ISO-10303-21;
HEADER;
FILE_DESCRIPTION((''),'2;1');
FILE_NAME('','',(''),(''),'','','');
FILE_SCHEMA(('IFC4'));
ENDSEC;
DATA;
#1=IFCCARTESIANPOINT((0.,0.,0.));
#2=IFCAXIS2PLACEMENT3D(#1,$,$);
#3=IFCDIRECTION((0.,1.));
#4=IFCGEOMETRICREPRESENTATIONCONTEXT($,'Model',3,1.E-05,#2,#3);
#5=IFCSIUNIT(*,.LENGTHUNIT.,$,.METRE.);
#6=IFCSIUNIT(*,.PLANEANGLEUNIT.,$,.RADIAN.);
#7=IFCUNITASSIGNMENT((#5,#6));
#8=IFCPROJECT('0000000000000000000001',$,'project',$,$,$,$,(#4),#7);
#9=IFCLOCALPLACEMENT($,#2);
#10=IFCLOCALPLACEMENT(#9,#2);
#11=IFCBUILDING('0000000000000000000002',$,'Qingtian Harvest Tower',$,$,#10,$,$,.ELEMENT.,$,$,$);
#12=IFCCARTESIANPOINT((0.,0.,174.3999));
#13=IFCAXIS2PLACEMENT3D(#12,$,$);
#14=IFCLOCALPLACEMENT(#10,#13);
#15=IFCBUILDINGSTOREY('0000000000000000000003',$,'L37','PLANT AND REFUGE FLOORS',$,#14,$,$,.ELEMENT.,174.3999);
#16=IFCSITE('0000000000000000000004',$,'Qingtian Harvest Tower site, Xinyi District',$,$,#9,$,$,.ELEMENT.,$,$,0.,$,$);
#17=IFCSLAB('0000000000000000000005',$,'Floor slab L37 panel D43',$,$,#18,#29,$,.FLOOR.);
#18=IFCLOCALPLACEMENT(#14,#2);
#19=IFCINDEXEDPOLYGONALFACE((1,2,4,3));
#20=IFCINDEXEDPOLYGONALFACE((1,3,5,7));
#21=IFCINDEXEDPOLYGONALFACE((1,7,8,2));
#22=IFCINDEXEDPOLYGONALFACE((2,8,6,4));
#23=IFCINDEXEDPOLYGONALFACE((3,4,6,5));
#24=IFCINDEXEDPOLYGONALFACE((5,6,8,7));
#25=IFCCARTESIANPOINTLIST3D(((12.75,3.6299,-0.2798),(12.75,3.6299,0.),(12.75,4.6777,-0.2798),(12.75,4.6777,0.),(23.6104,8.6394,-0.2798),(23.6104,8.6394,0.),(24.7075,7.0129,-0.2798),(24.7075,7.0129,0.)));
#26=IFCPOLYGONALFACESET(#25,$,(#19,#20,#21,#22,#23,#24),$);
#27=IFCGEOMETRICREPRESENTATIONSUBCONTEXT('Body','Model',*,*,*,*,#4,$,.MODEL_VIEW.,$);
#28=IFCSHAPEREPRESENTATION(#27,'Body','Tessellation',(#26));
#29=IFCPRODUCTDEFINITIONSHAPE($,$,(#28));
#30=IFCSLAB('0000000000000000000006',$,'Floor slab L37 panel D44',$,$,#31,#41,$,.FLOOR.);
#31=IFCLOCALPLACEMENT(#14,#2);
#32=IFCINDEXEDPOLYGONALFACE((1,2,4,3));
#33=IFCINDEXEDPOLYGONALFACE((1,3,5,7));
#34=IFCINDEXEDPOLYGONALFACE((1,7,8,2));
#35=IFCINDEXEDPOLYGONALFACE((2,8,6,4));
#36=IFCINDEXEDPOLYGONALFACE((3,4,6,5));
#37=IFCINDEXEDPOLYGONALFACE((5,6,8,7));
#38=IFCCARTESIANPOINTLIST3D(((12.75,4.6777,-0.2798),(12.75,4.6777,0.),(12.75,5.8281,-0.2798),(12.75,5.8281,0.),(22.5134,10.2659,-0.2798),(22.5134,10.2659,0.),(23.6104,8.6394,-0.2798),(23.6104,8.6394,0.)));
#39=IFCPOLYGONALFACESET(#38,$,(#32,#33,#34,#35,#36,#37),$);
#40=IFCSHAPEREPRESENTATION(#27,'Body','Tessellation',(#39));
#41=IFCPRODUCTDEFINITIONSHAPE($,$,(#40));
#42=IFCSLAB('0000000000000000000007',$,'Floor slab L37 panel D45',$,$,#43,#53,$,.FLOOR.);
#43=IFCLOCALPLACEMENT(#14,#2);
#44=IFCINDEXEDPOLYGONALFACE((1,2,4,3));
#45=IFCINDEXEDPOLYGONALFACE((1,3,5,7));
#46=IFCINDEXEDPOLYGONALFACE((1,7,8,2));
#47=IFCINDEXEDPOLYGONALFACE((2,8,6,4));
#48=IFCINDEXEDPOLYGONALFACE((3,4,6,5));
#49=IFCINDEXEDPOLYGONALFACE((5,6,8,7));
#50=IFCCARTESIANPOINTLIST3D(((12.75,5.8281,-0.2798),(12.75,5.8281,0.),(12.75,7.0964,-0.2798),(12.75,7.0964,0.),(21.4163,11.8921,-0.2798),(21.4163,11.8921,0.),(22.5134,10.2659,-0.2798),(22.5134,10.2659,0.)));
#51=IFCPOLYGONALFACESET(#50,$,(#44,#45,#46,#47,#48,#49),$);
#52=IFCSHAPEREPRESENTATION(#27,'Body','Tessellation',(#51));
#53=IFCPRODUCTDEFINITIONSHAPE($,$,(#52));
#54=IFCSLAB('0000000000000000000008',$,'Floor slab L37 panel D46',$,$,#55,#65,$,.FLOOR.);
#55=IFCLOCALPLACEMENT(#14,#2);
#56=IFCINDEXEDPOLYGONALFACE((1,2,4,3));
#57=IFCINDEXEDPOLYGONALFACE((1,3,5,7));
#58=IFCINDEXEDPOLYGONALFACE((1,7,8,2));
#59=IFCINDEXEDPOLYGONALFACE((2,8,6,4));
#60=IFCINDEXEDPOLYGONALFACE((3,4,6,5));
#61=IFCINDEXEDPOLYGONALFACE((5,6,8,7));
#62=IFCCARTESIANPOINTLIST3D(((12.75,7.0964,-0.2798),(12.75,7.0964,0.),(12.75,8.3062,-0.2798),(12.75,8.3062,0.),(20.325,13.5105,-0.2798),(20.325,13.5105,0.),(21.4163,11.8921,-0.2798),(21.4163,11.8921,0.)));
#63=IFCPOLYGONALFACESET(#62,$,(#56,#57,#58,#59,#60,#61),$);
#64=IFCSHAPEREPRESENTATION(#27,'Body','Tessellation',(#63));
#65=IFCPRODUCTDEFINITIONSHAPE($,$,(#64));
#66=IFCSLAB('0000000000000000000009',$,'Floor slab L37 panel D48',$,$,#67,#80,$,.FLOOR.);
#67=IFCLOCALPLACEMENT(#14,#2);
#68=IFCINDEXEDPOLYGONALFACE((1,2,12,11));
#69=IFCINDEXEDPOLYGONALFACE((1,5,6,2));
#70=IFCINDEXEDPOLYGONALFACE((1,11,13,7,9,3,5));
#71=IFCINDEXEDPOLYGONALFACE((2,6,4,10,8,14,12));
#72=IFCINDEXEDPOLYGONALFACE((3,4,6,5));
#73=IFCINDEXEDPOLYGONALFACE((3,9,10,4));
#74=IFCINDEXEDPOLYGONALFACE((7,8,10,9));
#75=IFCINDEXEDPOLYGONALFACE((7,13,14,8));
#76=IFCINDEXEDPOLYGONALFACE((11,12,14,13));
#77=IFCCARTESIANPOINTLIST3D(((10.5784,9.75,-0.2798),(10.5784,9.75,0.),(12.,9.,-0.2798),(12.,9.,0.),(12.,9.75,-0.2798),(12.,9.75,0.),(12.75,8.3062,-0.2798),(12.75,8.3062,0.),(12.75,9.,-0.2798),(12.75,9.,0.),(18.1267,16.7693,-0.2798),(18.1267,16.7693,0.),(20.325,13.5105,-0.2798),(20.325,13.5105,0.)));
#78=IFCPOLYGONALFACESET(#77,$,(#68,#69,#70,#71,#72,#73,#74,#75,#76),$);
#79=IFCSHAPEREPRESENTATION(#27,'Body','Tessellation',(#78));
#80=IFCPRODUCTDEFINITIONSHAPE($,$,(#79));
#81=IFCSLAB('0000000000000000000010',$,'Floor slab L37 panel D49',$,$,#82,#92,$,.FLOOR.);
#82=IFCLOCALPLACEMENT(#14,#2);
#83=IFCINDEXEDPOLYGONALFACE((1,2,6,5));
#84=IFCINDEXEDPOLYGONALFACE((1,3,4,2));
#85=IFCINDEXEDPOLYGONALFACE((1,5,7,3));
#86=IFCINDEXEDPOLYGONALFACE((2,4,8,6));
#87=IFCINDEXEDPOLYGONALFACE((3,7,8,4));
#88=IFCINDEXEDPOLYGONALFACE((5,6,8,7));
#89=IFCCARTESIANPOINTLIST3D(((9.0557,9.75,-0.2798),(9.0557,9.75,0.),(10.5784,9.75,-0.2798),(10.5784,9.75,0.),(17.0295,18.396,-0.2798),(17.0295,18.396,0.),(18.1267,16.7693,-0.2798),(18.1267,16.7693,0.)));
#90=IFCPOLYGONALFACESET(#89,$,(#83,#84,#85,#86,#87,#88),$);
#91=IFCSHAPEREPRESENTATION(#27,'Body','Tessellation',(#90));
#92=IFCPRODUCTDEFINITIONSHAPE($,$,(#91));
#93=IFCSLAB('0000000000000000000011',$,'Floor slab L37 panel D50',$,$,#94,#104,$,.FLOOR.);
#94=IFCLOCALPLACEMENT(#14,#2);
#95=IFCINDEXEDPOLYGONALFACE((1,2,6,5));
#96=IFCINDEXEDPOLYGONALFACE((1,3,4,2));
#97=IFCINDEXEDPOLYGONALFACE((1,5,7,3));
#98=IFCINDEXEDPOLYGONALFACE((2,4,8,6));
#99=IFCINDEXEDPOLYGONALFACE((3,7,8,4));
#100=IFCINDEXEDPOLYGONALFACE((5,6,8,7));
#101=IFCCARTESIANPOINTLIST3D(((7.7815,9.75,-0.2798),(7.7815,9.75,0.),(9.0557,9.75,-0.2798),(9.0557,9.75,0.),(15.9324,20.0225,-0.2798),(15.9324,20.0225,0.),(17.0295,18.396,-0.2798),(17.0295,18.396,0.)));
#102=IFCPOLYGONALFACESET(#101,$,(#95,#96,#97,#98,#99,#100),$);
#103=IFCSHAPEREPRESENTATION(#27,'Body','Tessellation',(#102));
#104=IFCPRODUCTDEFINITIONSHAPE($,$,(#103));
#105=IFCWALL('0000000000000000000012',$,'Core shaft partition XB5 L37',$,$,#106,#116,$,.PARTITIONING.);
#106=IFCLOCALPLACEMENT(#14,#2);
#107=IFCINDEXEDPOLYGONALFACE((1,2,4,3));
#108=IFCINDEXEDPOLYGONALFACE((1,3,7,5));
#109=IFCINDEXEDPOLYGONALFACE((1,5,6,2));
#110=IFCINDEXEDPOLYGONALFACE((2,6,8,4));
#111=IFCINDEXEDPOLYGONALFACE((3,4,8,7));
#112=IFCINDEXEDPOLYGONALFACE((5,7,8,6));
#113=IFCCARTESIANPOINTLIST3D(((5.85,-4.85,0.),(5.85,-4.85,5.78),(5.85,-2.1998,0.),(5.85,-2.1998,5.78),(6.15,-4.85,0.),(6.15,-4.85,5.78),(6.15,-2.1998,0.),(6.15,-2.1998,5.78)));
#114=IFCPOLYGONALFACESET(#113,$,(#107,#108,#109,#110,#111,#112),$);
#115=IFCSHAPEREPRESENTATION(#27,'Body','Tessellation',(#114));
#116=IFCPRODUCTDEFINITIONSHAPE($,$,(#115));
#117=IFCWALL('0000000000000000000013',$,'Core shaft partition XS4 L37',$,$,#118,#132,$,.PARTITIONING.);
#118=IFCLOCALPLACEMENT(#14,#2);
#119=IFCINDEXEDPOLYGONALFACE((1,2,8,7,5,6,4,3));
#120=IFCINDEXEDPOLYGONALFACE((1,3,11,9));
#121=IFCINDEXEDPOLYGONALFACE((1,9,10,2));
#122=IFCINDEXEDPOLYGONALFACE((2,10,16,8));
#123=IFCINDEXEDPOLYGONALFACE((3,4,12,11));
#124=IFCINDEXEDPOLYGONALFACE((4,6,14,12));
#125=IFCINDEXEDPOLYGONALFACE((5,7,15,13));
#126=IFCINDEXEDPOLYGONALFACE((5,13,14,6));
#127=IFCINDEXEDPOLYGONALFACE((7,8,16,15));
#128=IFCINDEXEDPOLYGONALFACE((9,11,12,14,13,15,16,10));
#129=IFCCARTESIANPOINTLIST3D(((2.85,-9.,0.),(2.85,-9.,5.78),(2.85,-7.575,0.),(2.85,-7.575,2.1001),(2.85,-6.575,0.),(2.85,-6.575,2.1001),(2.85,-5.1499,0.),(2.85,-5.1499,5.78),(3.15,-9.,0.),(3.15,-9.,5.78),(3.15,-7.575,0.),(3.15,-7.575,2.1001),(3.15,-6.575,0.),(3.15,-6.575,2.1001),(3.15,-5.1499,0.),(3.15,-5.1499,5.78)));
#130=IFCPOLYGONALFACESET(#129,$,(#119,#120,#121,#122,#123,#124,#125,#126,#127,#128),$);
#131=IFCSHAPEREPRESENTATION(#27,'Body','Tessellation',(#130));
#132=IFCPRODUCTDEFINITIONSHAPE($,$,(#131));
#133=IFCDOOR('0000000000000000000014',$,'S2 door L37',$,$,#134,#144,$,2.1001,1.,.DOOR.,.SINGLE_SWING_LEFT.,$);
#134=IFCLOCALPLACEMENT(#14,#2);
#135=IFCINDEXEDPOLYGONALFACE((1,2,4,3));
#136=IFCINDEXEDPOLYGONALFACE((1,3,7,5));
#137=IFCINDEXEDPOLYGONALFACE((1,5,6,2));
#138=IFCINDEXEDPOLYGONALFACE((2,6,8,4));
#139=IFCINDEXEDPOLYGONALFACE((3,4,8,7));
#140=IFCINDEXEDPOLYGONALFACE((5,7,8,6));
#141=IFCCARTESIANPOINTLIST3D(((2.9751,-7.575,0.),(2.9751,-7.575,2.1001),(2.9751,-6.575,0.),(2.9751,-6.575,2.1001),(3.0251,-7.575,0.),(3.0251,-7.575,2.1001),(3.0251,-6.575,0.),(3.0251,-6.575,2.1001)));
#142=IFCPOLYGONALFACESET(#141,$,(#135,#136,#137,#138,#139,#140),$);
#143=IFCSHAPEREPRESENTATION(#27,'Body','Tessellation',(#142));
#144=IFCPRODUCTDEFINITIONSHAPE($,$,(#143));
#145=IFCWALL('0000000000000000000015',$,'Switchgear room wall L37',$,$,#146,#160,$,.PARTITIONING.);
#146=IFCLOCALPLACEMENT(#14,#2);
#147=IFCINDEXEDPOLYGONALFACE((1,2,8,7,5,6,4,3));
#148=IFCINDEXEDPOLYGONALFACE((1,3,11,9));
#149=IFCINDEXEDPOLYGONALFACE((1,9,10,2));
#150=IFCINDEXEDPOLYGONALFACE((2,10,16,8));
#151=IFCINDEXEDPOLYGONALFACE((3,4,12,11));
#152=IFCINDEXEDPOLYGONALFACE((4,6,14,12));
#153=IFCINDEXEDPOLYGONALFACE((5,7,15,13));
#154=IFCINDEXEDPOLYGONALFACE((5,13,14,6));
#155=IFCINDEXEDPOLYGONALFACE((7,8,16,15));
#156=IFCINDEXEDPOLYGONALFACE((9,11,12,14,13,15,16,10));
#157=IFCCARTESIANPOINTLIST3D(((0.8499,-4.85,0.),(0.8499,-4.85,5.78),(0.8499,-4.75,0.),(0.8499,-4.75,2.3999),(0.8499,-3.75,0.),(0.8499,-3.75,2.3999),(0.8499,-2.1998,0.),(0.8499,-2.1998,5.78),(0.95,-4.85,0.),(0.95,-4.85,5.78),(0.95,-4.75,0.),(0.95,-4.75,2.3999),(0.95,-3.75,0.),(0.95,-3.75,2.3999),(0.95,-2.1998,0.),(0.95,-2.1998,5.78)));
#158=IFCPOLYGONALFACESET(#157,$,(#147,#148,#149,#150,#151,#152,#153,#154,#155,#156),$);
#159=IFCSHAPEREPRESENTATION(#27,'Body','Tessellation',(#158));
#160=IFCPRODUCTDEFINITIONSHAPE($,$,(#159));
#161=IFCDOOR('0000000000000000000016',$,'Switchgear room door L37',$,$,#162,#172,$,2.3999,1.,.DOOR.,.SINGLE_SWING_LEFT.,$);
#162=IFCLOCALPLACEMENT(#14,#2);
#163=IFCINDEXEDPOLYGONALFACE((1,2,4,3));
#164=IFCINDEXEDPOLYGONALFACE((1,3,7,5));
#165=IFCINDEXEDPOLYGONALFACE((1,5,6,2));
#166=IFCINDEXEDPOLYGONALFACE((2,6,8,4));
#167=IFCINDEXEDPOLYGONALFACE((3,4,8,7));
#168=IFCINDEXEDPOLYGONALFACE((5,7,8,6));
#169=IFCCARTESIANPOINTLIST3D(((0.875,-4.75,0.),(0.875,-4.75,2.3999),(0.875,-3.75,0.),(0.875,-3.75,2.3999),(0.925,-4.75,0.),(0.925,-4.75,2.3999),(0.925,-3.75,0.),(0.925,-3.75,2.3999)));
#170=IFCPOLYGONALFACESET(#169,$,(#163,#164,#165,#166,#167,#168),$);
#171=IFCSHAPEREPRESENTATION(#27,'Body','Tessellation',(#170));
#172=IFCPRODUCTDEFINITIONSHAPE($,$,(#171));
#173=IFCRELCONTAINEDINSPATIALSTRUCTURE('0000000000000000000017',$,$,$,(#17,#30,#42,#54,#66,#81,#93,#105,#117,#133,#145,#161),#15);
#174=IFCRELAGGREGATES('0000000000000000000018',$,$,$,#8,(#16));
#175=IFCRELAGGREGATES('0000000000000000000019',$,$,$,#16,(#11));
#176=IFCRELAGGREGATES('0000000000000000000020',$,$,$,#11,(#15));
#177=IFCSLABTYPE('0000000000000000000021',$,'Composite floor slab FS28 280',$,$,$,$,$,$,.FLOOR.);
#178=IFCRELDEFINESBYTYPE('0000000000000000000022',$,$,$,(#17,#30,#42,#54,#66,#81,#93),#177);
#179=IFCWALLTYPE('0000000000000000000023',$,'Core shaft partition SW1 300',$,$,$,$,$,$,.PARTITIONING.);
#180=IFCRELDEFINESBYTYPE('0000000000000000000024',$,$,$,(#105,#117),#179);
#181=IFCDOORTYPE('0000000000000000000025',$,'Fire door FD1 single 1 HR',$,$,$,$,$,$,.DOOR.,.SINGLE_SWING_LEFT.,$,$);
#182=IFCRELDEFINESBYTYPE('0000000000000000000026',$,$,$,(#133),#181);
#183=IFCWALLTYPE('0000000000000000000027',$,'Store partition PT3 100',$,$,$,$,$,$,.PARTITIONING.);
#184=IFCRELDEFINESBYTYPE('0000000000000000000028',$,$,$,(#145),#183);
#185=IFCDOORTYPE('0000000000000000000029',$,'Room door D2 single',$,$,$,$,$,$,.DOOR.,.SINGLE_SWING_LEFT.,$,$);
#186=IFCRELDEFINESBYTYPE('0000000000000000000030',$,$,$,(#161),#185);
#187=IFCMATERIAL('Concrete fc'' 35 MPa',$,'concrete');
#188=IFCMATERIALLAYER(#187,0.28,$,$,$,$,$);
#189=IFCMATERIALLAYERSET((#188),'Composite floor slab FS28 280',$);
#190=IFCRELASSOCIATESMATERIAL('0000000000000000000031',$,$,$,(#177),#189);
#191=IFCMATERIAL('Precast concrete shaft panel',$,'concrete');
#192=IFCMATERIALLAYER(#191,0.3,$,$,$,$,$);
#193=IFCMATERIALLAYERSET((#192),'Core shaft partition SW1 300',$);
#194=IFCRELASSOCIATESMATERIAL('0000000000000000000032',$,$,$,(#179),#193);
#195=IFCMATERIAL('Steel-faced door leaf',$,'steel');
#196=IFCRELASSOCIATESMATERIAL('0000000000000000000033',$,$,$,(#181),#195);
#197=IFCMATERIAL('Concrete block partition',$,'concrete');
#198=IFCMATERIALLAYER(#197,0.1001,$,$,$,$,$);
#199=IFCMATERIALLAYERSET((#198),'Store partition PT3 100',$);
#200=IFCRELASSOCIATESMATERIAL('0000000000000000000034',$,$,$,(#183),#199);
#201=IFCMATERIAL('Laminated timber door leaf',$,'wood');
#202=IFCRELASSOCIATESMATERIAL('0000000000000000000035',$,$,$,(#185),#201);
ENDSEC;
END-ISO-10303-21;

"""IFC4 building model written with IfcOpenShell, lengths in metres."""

from ifc_helpers import new_model, si_unit, direction, frame, frame_2d, origin, place, context, subcontext, project, spatial, polyline, rectangle, outline, extrude, material, layer, layer_set, type_object, element, fill, save


model = new_model("IFC4")

# Units and contexts
model_context = context("Model", 3, precision=1e-05, world=origin(), true_north=direction((0.0, 1.0)))
body_context = subcontext(model_context, "Body", "Model", "MODEL_VIEW")
ifc_project = project(units=[si_unit("LENGTHUNIT", "METRE"), si_unit("PLANEANGLEUNIT", "RADIAN")], contexts=[model_context])

# Site, building, storey
site_placement = place(None, origin())
site = spatial("IfcSite", under=ifc_project, at=site_placement, Name="Qingtian Harvest Tower site, Xinyi District", CompositionType="ELEMENT", RefElevation=0.0)
building_placement = place(site_placement, origin())
building = spatial("IfcBuilding", under=site, at=building_placement, Name="Qingtian Harvest Tower", CompositionType="ELEMENT")
storey_placement = place(building_placement, frame((0.0, 0.0, 174.3999)))
storey = spatial("IfcBuildingStorey", under=building, at=storey_placement, Name="L37", Description="PLANT AND REFUGE FLOORS", CompositionType="ELEMENT", Elevation=174.3999)

# Slabs
ifc_material_1 = material(Name="Concrete fc' 35 MPa", Category="concrete")
ifc_layer_1 = layer(ifc_material_1, 0.28)
ifc_layer_set_1 = layer_set([ifc_layer_1], Name="Composite floor slab FS28 280")
slab_type = type_object("IfcSlabType", Name="Composite floor slab FS28 280", PredefinedType="FLOOR", material=ifc_layer_set_1)
slab_1_placement = place(storey_placement, frame((0.0, 0.0, -0.2798)))
element("IfcSlab", 1, at=slab_1_placement, inside=storey, type_object=slab_type, Name="Floor slab L37 panel D43", PredefinedType="FLOOR", context=body_context, shape_type="SweptSolid", body=[
    extrude(outline(polyline([(12.75, 4.6777), (23.6104, 8.6394), (24.7075, 7.0129), (12.75, 3.6299), (12.75, 4.6777)])), origin(), (0.0, 0.0, 1.0), 0.2798),
])
slab_2_placement = place(storey_placement, frame((0.0, 0.0, -0.2798)))
element("IfcSlab", 2, at=slab_2_placement, inside=storey, type_object=slab_type, Name="Floor slab L37 panel D44", PredefinedType="FLOOR", context=body_context, shape_type="SweptSolid", body=[
    extrude(outline(polyline([(12.75, 5.8281), (22.5134, 10.2659), (23.6104, 8.6394), (12.75, 4.6777), (12.75, 5.8281)])), origin(), (0.0, 0.0, 1.0), 0.2798),
])
slab_3_placement = place(storey_placement, frame((0.0, 0.0, -0.2798)))
element("IfcSlab", 3, at=slab_3_placement, inside=storey, type_object=slab_type, Name="Floor slab L37 panel D45", PredefinedType="FLOOR", context=body_context, shape_type="SweptSolid", body=[
    extrude(outline(polyline([(12.75, 7.0964), (21.4163, 11.8921), (22.5134, 10.2659), (12.75, 5.8281), (12.75, 7.0964)])), origin(), (0.0, 0.0, 1.0), 0.2798),
])
slab_4_placement = place(storey_placement, frame((0.0, 0.0, -0.2798)))
element("IfcSlab", 4, at=slab_4_placement, inside=storey, type_object=slab_type, Name="Floor slab L37 panel D46", PredefinedType="FLOOR", context=body_context, shape_type="SweptSolid", body=[
    extrude(outline(polyline([(12.75, 8.3062), (20.325, 13.5105), (21.4163, 11.8921), (12.75, 7.0964), (12.75, 8.3062)])), origin(), (0.0, 0.0, 1.0), 0.2798),
])
slab_5_placement = place(storey_placement, frame((0.0, 0.0, -0.2798)))
element("IfcSlab", 5, at=slab_5_placement, inside=storey, type_object=slab_type, Name="Floor slab L37 panel D48", PredefinedType="FLOOR", context=body_context, shape_type="SweptSolid", body=[
    extrude(outline(polyline([(18.1267, 16.7693), (20.325, 13.5105), (12.75, 8.3062), (12.75, 9.0), (12.0, 9.0), (12.0, 9.75), (10.5784, 9.75), (18.1267, 16.7693)])), origin(), (0.0, 0.0, 1.0), 0.2798),
])
slab_6_placement = place(storey_placement, frame((0.0, 0.0, -0.2798)))
element("IfcSlab", 6, at=slab_6_placement, inside=storey, type_object=slab_type, Name="Floor slab L37 panel D49", PredefinedType="FLOOR", context=body_context, shape_type="SweptSolid", body=[
    extrude(outline(polyline([(9.0557, 9.75), (17.0295, 18.396), (18.1267, 16.7693), (10.5784, 9.75), (9.0557, 9.75)])), origin(), (0.0, 0.0, 1.0), 0.2798),
])
slab_7_placement = place(storey_placement, frame((0.0, 0.0, -0.2798)))
element("IfcSlab", 7, at=slab_7_placement, inside=storey, type_object=slab_type, Name="Floor slab L37 panel D50", PredefinedType="FLOOR", context=body_context, shape_type="SweptSolid", body=[
    extrude(outline(polyline([(7.7815, 9.75), (15.9324, 20.0225), (17.0295, 18.396), (9.0557, 9.75), (7.7815, 9.75)])), origin(), (0.0, 0.0, 1.0), 0.2798),
])

# Wall
ifc_material_2 = material(Name="Precast concrete shaft panel", Category="concrete")
ifc_layer_2 = layer(ifc_material_2, 0.3)
ifc_layer_set_2 = layer_set([ifc_layer_2], Name="Core shaft partition SW1 300")
wall_type_1 = type_object("IfcWallType", Name="Core shaft partition SW1 300", PredefinedType="PARTITIONING", material=ifc_layer_set_2)
wall_1_placement = place(storey_placement, frame((6.0, -4.8501, 0.0), z_axis=(0.0, 0.0, 1.0), x_axis=(0.0, 1.0, 0.0)))
element("IfcWall", 8, at=wall_1_placement, inside=storey, type_object=wall_type_1, Name="Core shaft partition XB5 L37", PredefinedType="PARTITIONING", context=body_context, shape_type="SweptSolid", body=[
    extrude(rectangle(XDim=2.6501, YDim=0.3, at=frame_2d((1.3252, 0.0))), origin(), (0.0, 0.0, 1.0), 5.78),
])

# Walls, openings, doors
wall_2_placement = place(storey_placement, frame((3.0, -9.0, 0.0), z_axis=(0.0, 0.0, 1.0), x_axis=(0.0, 1.0, 0.0)))
wall_2 = element("IfcWall", 9, at=wall_2_placement, inside=storey, type_object=wall_type_1, Name="Core shaft partition XS4 L37", PredefinedType="PARTITIONING", context=body_context, shape_type="SweptSolid", body=[
    extrude(rectangle(XDim=3.8501, YDim=0.3, at=frame_2d((1.925, 0.0))), origin(), (0.0, 0.0, 1.0), 5.78),
])
opening_1_placement = place(wall_2_placement, frame((1.425, 0.0, 0.0)))
opening_1 = element("IfcOpeningElement", 10, at=opening_1_placement, cuts=wall_2, PredefinedType="OPENING", context=body_context, shape_type="SweptSolid", body=[
    extrude(rectangle(XDim=1.0, YDim=2.1001, at=frame_2d((0.5, 1.05))), frame((0.0, 0.1599, 0.0), z_axis=(0.0, -1.0, 0.0), x_axis=(1.0, 0.0, 0.0)), (0.0, 0.0, 1.0), 0.3201),
])
ifc_material_3 = material(Name="Steel-faced door leaf", Category="steel")
door_type_1 = type_object("IfcDoorType", Name="Fire door FD1 single 1 HR", OperationType="SINGLE_SWING_LEFT", PredefinedType="DOOR", material=ifc_material_3)
door_1_placement = place(opening_1_placement, origin())
door_1 = element("IfcDoor", 11, at=door_1_placement, inside=storey, type_object=door_type_1, Name="S2 door L37", OperationType="SINGLE_SWING_LEFT", OverallHeight=2.1001, OverallWidth=1.0, PredefinedType="DOOR", context=body_context, shape_type="SweptSolid", body=[
    extrude(rectangle(XDim=1.0, YDim=2.1001, at=frame_2d((0.5, 1.05))), frame((0.0, 0.0249, 0.0), z_axis=(0.0, -1.0, 0.0), x_axis=(1.0, 0.0, 0.0)), (0.0, 0.0, 1.0), 0.05),
])
fill(opening_1, door_1)
ifc_material_4 = material(Name="Concrete block partition", Category="concrete")
ifc_layer_3 = layer(ifc_material_4, 0.1001)
ifc_layer_set_3 = layer_set([ifc_layer_3], Name="Store partition PT3 100")
wall_type_2 = type_object("IfcWallType", Name="Store partition PT3 100", PredefinedType="PARTITIONING", material=ifc_layer_set_3)
wall_3_placement = place(storey_placement, frame((0.8999, -4.8501, 0.0), z_axis=(0.0, 0.0, 1.0), x_axis=(0.0, 1.0, 0.0)))
wall_3 = element("IfcWall", 12, at=wall_3_placement, inside=storey, type_object=wall_type_2, Name="Switchgear room wall L37", PredefinedType="PARTITIONING", context=body_context, shape_type="SweptSolid", body=[
    extrude(rectangle(XDim=2.6501, YDim=0.1001, at=frame_2d((1.3252, 0.0))), origin(), (0.0, 0.0, 1.0), 5.78),
])
opening_2_placement = place(wall_3_placement, frame((0.1001, 0.0, 0.0)))
opening_2 = element("IfcOpeningElement", 13, at=opening_2_placement, cuts=wall_3, PredefinedType="OPENING", context=body_context, shape_type="SweptSolid", body=[
    extrude(rectangle(XDim=1.0, YDim=2.3999, at=frame_2d((0.5, 1.2))), frame((0.0, 0.0601, 0.0), z_axis=(0.0, -1.0, 0.0), x_axis=(1.0, 0.0, 0.0)), (0.0, 0.0, 1.0), 0.1201),
])
ifc_material_5 = material(Name="Laminated timber door leaf", Category="wood")
door_type_2 = type_object("IfcDoorType", Name="Room door D2 single", OperationType="SINGLE_SWING_LEFT", PredefinedType="DOOR", material=ifc_material_5)
door_2_placement = place(opening_2_placement, origin())
door_2 = element("IfcDoor", 14, at=door_2_placement, inside=storey, type_object=door_type_2, Name="Switchgear room door L37", OperationType="SINGLE_SWING_LEFT", OverallHeight=2.3999, OverallWidth=1.0, PredefinedType="DOOR", context=body_context, shape_type="SweptSolid", body=[
    extrude(rectangle(XDim=1.0, YDim=2.3999, at=frame_2d((0.5, 1.2))), frame((0.0, 0.0249, 0.0), z_axis=(0.0, -1.0, 0.0), x_axis=(1.0, 0.0, 0.0)), (0.0, 0.0, 1.0), 0.05),
])
fill(opening_2, door_2)

save(model, "model.ifc")
